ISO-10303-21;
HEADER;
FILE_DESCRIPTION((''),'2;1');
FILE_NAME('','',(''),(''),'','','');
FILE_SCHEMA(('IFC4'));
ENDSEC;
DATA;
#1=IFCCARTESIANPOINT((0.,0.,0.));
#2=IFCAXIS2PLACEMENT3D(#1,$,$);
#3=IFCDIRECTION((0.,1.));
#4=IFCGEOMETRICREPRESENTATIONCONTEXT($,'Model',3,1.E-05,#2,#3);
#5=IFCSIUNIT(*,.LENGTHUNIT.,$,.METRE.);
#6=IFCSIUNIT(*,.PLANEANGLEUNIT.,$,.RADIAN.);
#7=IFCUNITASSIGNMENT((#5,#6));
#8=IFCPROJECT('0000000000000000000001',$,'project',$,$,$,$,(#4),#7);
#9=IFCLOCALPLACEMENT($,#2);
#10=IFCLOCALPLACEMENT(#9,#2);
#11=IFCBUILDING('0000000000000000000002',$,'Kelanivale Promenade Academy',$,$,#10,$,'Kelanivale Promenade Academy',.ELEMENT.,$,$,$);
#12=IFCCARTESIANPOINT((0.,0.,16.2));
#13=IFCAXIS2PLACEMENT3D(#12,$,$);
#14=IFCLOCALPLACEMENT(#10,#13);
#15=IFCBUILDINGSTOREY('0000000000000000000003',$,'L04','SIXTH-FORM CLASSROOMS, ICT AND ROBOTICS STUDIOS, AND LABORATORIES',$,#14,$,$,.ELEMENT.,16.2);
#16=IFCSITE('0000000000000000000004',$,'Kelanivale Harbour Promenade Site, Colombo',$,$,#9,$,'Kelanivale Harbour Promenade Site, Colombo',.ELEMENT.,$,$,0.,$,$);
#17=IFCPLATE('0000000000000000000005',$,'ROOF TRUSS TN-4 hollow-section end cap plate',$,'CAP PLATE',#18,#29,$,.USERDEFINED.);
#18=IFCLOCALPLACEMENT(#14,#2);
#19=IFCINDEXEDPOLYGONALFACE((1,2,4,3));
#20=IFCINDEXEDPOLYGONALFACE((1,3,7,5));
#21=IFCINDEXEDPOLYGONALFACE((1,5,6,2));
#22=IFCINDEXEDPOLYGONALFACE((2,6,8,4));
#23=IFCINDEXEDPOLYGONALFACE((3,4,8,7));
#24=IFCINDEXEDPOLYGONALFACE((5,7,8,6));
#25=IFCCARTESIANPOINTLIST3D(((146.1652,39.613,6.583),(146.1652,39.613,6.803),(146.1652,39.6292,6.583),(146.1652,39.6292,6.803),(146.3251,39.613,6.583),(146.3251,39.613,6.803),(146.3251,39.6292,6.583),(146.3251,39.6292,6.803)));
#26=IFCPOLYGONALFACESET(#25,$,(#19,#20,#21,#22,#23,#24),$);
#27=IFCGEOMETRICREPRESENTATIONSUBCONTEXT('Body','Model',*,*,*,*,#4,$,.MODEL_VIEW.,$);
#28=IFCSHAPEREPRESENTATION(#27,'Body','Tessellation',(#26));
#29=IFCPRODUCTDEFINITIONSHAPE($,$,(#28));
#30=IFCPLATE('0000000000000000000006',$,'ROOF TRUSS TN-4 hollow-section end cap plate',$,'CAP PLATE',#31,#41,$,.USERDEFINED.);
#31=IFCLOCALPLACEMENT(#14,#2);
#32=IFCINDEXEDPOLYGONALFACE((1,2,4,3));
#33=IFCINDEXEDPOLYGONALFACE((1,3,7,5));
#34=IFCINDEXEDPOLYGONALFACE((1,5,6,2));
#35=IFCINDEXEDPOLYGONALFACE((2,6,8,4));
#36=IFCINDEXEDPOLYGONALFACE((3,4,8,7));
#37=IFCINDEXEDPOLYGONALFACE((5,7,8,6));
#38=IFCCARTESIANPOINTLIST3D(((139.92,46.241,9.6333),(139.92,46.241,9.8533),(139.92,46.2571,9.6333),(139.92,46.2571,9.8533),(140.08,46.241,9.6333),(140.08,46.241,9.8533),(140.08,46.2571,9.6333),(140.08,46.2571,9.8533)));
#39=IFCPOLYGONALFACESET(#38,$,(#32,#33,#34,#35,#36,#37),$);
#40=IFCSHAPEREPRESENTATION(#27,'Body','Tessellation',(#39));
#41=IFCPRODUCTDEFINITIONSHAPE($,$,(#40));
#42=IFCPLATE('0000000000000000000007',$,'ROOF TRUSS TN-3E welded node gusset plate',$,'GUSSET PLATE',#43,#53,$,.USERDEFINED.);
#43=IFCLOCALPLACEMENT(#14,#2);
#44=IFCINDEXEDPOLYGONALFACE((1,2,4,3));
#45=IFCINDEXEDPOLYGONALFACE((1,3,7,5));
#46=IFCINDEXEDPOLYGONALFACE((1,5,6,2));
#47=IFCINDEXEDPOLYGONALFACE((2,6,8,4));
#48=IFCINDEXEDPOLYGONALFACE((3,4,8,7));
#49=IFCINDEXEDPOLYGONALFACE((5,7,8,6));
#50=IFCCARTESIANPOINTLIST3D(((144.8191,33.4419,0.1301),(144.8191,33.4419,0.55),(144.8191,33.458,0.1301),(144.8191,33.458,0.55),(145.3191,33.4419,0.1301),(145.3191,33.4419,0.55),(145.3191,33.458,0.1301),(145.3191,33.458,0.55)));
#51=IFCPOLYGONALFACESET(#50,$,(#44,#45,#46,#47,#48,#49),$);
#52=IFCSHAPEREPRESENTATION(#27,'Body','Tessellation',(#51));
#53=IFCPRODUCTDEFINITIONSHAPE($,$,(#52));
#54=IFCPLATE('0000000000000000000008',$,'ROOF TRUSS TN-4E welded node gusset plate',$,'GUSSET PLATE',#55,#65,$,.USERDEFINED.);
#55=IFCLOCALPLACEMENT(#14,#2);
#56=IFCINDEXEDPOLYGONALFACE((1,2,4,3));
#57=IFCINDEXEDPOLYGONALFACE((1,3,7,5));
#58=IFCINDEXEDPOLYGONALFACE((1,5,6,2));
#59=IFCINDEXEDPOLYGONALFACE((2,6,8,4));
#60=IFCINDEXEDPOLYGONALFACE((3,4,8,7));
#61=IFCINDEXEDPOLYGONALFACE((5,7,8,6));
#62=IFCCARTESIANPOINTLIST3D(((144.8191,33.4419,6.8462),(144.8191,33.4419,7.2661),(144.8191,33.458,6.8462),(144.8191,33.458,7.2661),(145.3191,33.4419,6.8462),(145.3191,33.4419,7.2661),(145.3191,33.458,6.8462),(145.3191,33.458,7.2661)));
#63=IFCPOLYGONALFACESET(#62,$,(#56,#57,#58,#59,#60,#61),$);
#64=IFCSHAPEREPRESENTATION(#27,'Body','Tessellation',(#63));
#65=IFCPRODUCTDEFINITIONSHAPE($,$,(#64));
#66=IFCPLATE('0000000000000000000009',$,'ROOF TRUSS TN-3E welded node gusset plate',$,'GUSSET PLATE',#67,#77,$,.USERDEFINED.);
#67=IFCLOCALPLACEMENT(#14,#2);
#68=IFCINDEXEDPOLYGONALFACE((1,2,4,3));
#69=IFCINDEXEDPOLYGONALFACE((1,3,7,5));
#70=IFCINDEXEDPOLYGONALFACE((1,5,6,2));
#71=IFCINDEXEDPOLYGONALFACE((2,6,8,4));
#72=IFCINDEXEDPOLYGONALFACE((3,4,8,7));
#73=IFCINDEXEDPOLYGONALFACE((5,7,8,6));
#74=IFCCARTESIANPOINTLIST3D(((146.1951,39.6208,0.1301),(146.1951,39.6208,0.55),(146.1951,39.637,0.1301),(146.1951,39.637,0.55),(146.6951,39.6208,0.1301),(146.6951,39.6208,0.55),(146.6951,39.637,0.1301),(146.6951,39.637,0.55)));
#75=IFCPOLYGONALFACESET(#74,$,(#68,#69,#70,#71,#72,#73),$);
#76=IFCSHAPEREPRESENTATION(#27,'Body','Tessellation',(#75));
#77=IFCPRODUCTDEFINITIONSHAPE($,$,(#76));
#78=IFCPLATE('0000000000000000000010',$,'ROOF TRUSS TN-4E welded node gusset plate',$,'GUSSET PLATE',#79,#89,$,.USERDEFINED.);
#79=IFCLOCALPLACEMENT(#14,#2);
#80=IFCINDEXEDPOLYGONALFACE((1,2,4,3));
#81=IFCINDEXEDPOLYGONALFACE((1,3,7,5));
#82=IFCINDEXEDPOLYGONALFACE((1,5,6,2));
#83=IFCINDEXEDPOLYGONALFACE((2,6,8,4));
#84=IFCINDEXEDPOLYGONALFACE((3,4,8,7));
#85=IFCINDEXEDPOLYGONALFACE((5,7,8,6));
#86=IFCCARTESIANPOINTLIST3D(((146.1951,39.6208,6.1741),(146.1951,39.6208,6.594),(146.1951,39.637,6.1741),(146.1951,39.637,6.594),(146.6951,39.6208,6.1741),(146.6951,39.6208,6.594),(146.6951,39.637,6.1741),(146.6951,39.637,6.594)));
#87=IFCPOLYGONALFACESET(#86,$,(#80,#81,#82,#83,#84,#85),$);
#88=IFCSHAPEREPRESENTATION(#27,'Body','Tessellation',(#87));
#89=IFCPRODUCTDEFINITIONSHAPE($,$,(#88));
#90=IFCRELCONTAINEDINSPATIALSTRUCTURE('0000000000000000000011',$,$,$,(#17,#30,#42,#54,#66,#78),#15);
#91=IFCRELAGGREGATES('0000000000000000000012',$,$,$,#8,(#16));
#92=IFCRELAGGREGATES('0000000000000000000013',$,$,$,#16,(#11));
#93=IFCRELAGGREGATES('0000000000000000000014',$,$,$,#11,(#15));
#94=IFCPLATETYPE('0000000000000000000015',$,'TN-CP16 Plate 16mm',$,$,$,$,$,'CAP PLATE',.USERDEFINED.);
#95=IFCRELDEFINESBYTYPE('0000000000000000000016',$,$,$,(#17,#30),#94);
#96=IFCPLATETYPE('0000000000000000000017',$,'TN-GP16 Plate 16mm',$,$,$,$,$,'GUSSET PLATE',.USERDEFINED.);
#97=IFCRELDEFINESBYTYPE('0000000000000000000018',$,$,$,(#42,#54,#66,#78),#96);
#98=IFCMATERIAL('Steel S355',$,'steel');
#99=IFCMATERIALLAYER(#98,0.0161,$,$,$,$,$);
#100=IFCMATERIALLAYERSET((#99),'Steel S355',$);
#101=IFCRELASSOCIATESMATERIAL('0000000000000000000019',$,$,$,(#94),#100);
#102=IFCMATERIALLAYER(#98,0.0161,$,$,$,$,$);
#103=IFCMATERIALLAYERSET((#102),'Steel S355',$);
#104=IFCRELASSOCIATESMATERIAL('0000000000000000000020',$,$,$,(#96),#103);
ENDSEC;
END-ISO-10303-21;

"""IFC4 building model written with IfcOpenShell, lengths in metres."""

from ifc_helpers import new_model, si_unit, direction, frame, origin, origin_2d, place, context, subcontext, project, spatial, rectangle, extrude, material, layer, layer_set, type_object, element, save


model = new_model("IFC4")

# Units and contexts
model_context = context("Model", 3, precision=1e-05, world=origin(), true_north=direction((0.0, 1.0)))
body_context = subcontext(model_context, "Body", "Model", "MODEL_VIEW")
ifc_project = project(units=[si_unit("LENGTHUNIT", "METRE"), si_unit("PLANEANGLEUNIT", "RADIAN")], contexts=[model_context])

# Site, building, storey
site_placement = place(None, origin())
site = spatial("IfcSite", under=ifc_project, at=site_placement, Name="Kelanivale Harbour Promenade Site, Colombo", LongName="Kelanivale Harbour Promenade Site, Colombo", CompositionType="ELEMENT", RefElevation=0.0)
building_placement = place(site_placement, origin())
building = spatial("IfcBuilding", under=site, at=building_placement, Name="Kelanivale Promenade Academy", LongName="Kelanivale Promenade Academy", CompositionType="ELEMENT")
storey_placement = place(building_placement, frame((0.0, 0.0, 16.2)))
storey = spatial("IfcBuildingStorey", under=building, at=storey_placement, Name="L04", Description="SIXTH-FORM CLASSROOMS, ICT AND ROBOTICS STUDIOS, AND LABORATORIES", CompositionType="ELEMENT", Elevation=16.2)

# Shared definitions
ifc_material_1 = material(Name="Steel S355", Category="steel")

# Plates
ifc_layer_1 = layer(ifc_material_1, 0.0161)
ifc_layer_set_1 = layer_set([ifc_layer_1], Name="Steel S355")
plate_type_1 = type_object("IfcPlateType", Name="TN-CP16 Plate 16mm", ElementType="CAP PLATE", PredefinedType="USERDEFINED", material=ifc_layer_set_1)
for number, where, z_axis, x_axis, name in (
    (1, (146.2451, 39.6211, 6.583), (0.0, 0.0, 1.0), (0.0, -1.0, 0.0), "ROOF TRUSS TN-4 hollow-section end cap plate"),
    (2, (140.0, 46.249, 9.6333), (0.0, 0.0, 1.0), (0.0, -1.0, 0.0), "ROOF TRUSS TN-4 hollow-section end cap plate"),
):
    element("IfcPlate", number, at=place(storey_placement, frame(where, z_axis=z_axis, x_axis=x_axis)), inside=storey, type_object=plate_type_1, Name=name, ObjectType="CAP PLATE", PredefinedType="USERDEFINED", context=body_context, shape_type="SweptSolid", body=[
        extrude(rectangle(XDim=0.0161, YDim=0.1599, at=origin_2d()), origin(), (0.0, 0.0, 1.0), 0.22),
    ])
ifc_layer_2 = layer(ifc_material_1, 0.0161)
ifc_layer_set_2 = layer_set([ifc_layer_2], Name="Steel S355")
plate_type_2 = type_object("IfcPlateType", Name="TN-GP16 Plate 16mm", ElementType="GUSSET PLATE", PredefinedType="USERDEFINED", material=ifc_layer_set_2)
for number, where, z_axis, x_axis, name in (
    (3, (145.0691, 33.45, 0.1301), (0.0, 0.0, 1.0), (1.0, 0.0, 0.0), "ROOF TRUSS TN-3E welded node gusset plate"),
    (4, (145.0691, 33.45, 6.8462), (0.0, 0.0, 1.0), (1.0, 0.0, 0.0), "ROOF TRUSS TN-4E welded node gusset plate"),
    (5, (146.4451, 39.6289, 0.1301), (0.0, 0.0, 1.0), (1.0, 0.0, 0.0), "ROOF TRUSS TN-3E welded node gusset plate"),
    (6, (146.4451, 39.6289, 6.1741), (0.0, 0.0, 1.0), (1.0, 0.0, 0.0), "ROOF TRUSS TN-4E welded node gusset plate"),
):
    element("IfcPlate", number, at=place(storey_placement, frame(where, z_axis=z_axis, x_axis=x_axis)), inside=storey, type_object=plate_type_2, Name=name, ObjectType="GUSSET PLATE", PredefinedType="USERDEFINED", context=body_context, shape_type="SweptSolid", body=[
        extrude(rectangle(XDim=0.5, YDim=0.0161, at=origin_2d()), origin(), (0.0, 0.0, 1.0), 0.4199),
    ])

save(model, "model.ifc")
